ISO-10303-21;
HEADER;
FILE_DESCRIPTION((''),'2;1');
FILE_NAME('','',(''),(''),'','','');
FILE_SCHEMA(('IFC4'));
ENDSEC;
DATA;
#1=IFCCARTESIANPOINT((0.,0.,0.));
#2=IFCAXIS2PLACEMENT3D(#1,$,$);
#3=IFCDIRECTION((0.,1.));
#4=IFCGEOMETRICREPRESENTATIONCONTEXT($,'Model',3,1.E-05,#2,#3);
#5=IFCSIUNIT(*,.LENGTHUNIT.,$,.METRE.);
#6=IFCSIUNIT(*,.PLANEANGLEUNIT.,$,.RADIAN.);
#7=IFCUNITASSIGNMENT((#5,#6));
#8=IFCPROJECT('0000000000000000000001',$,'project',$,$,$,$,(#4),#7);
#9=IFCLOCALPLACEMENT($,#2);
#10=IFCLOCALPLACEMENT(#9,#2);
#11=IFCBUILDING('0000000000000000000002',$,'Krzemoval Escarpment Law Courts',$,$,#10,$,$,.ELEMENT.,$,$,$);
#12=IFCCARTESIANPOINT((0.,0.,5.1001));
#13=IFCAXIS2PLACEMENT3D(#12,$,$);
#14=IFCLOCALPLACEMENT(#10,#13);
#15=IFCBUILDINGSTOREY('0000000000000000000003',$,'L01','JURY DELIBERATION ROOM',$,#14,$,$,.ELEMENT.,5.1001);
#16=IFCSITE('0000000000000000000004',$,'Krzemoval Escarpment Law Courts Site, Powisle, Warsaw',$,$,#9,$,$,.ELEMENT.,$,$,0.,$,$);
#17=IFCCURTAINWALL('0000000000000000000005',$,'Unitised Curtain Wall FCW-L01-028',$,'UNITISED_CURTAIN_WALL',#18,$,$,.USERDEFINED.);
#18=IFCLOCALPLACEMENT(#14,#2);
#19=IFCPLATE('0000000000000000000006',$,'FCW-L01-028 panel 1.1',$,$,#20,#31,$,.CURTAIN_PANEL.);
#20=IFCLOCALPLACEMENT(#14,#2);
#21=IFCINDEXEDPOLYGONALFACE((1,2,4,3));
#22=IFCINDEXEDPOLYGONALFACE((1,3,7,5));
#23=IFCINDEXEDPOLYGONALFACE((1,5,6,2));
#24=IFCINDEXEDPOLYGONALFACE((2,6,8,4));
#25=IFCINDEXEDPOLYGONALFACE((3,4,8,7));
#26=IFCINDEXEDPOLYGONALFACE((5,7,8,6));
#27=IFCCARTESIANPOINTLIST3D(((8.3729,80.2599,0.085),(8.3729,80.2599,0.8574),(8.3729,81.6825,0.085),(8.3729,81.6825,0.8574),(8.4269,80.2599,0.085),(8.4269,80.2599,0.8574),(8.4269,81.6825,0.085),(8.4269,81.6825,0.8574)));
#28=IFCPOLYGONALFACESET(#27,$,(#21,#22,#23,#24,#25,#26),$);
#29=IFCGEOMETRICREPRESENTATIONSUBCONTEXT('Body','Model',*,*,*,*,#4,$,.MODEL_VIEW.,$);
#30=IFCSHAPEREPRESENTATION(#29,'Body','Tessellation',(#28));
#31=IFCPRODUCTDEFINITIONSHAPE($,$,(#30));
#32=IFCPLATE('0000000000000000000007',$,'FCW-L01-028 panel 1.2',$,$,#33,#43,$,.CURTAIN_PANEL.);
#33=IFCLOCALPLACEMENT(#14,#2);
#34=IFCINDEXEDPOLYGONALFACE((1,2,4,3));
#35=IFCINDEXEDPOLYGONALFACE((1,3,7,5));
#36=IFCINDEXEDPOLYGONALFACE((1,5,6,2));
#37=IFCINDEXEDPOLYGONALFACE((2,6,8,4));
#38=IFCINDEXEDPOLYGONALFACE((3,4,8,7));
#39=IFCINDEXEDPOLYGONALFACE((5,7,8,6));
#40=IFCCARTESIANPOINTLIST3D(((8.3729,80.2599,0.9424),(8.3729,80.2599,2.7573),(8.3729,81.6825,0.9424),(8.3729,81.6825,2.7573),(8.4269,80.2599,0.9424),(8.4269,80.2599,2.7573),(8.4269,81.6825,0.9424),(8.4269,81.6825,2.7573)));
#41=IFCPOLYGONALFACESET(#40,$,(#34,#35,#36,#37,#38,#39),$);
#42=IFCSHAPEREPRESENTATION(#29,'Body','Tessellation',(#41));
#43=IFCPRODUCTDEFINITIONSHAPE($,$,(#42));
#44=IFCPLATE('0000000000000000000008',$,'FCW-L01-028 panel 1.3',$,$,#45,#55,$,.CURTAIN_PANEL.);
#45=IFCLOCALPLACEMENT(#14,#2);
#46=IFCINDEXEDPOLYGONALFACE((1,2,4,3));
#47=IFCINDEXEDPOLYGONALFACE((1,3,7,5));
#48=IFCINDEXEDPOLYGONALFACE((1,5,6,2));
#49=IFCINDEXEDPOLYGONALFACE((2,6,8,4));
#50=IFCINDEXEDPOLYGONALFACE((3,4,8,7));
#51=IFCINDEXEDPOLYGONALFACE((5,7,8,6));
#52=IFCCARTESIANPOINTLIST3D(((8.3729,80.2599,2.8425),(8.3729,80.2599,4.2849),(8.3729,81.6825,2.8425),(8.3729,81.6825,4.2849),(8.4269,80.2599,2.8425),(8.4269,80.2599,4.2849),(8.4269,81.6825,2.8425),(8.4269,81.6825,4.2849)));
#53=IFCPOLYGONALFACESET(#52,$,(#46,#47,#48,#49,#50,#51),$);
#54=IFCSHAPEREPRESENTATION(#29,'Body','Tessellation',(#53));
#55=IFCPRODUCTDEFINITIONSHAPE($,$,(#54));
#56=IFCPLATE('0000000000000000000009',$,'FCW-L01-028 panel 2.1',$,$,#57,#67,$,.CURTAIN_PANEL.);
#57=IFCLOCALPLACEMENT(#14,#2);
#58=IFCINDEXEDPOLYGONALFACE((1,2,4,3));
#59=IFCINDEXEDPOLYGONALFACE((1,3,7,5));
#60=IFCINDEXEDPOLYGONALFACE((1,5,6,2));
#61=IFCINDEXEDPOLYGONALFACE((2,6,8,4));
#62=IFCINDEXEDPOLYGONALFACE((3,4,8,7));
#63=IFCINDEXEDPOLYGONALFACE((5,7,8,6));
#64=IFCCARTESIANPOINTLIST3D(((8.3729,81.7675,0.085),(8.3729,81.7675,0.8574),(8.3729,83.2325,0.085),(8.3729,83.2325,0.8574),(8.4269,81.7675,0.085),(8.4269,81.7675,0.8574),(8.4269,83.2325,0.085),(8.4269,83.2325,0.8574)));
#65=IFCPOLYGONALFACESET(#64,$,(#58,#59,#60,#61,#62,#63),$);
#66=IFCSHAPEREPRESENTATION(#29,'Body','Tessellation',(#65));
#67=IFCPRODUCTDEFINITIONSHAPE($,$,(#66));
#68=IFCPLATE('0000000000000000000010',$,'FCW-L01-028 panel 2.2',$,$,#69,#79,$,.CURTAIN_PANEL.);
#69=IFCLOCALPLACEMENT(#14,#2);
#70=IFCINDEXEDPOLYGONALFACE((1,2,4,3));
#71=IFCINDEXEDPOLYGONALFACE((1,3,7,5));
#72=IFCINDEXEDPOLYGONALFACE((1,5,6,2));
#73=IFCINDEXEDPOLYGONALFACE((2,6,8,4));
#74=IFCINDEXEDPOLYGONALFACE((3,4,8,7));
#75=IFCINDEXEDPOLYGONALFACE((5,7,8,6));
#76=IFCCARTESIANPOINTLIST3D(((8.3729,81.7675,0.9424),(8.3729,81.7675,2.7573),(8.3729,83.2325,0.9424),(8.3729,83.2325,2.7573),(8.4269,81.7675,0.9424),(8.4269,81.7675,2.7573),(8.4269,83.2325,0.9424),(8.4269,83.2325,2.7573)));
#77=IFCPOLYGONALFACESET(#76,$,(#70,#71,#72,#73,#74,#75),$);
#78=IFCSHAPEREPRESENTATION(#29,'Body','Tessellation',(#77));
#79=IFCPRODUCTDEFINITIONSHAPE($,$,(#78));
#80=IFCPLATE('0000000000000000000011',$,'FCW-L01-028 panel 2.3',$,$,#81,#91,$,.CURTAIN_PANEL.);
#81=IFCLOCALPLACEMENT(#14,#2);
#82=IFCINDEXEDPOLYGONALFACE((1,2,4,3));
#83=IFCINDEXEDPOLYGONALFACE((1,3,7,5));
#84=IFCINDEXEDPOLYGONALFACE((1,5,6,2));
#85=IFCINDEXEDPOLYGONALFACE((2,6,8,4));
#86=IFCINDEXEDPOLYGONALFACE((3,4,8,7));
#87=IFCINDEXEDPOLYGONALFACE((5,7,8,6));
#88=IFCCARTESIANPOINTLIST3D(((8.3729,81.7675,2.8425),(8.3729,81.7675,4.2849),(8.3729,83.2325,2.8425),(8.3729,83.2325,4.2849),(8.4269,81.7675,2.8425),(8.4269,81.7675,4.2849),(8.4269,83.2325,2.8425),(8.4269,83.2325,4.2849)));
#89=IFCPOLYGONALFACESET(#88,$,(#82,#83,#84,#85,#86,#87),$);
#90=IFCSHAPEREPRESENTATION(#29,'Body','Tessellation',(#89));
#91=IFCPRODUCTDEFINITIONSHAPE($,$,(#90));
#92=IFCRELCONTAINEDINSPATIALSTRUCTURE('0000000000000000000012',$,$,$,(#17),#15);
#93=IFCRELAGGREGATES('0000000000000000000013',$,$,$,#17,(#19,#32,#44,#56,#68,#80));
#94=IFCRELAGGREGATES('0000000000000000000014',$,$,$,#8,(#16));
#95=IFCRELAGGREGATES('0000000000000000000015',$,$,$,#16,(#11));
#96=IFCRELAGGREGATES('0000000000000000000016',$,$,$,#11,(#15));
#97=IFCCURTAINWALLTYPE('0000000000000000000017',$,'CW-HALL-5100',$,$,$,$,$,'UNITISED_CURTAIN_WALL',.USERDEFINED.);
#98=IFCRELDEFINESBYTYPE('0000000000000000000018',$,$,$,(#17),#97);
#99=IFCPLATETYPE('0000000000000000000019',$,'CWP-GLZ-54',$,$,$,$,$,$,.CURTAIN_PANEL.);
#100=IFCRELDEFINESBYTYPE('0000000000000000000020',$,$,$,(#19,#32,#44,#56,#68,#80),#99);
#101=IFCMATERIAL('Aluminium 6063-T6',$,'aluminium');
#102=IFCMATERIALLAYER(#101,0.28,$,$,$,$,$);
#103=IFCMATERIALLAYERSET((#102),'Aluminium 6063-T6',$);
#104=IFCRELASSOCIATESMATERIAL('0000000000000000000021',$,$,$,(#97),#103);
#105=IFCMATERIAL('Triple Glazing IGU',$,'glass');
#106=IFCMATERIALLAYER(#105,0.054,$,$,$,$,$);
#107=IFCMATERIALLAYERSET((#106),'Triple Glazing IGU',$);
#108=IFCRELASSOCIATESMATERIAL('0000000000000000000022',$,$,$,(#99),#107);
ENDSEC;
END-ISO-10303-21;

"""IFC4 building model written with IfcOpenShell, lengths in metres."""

from ifc_helpers import new_model, si_unit, direction, frame, origin, origin_2d, place, context, subcontext, project, spatial, rectangle, extrude, material, layer, layer_set, type_object, element, aggregate, save


model = new_model("IFC4")

# Units and contexts
model_context = context("Model", 3, precision=1e-05, world=origin(), true_north=direction((0.0, 1.0)))
body_context = subcontext(model_context, "Body", "Model", "MODEL_VIEW")
ifc_project = project(units=[si_unit("LENGTHUNIT", "METRE"), si_unit("PLANEANGLEUNIT", "RADIAN")], contexts=[model_context])

# Site, building, storey
site_placement = place(None, origin())
site = spatial("IfcSite", under=ifc_project, at=site_placement, Name="Krzemoval Escarpment Law Courts Site, Powisle, Warsaw", CompositionType="ELEMENT", RefElevation=0.0)
building_placement = place(site_placement, origin())
building = spatial("IfcBuilding", under=site, at=building_placement, Name="Krzemoval Escarpment Law Courts", CompositionType="ELEMENT")
storey_placement = place(building_placement, frame((0.0, 0.0, 5.1001)))
storey = spatial("IfcBuildingStorey", under=building, at=storey_placement, Name="L01", Description="JURY DELIBERATION ROOM", CompositionType="ELEMENT", Elevation=5.1001)

# Curtain wall
ifc_material_1 = material(Name="Aluminium 6063-T6", Category="aluminium")
ifc_layer_1 = layer(ifc_material_1, 0.28)
ifc_layer_set_1 = layer_set([ifc_layer_1], Name="Aluminium 6063-T6")
curtain_wall_type = type_object("IfcCurtainWallType", Name="CW-HALL-5100", ElementType="UNITISED_CURTAIN_WALL", PredefinedType="USERDEFINED", material=ifc_layer_set_1)
curtain_wall_placement = place(storey_placement, origin())
curtain_wall = element("IfcCurtainWall", 1, at=curtain_wall_placement, inside=storey, type_object=curtain_wall_type, Name="Unitised Curtain Wall FCW-L01-028", ObjectType="UNITISED_CURTAIN_WALL", PredefinedType="USERDEFINED")

# Plates
ifc_material_2 = material(Name="Triple Glazing IGU", Category="glass")
ifc_layer_2 = layer(ifc_material_2, 0.054)
ifc_layer_set_2 = layer_set([ifc_layer_2], Name="Triple Glazing IGU")
plate_type = type_object("IfcPlateType", Name="CWP-GLZ-54", PredefinedType="CURTAIN_PANEL", material=ifc_layer_set_2)
plate_1_placement = place(storey_placement, frame((8.3999, 80.9712, 0.085), z_axis=(0.0, 0.0, 1.0), x_axis=(0.0, 1.0, 0.0)))
plate_1 = element("IfcPlate", 2, at=plate_1_placement, type_object=plate_type, Name="FCW-L01-028 panel 1.1", PredefinedType="CURTAIN_PANEL", context=body_context, shape_type="SweptSolid", body=[
    extrude(rectangle(XDim=1.4226, YDim=0.054, at=origin_2d()), origin(), (0.0, 0.0, 1.0), 0.7725),
])
plate_2_placement = place(storey_placement, frame((8.3999, 80.9712, 0.9424), z_axis=(0.0, 0.0, 1.0), x_axis=(0.0, 1.0, 0.0)))
plate_2 = element("IfcPlate", 3, at=plate_2_placement, type_object=plate_type, Name="FCW-L01-028 panel 1.2", PredefinedType="CURTAIN_PANEL", context=body_context, shape_type="SweptSolid", body=[
    extrude(rectangle(XDim=1.4226, YDim=0.054, at=origin_2d()), origin(), (0.0, 0.0, 1.0), 1.8149),
])
plate_3_placement = place(storey_placement, frame((8.3999, 80.9712, 2.8425), z_axis=(0.0, 0.0, 1.0), x_axis=(0.0, 1.0, 0.0)))
plate_3 = element("IfcPlate", 4, at=plate_3_placement, type_object=plate_type, Name="FCW-L01-028 panel 1.3", PredefinedType="CURTAIN_PANEL", context=body_context, shape_type="SweptSolid", body=[
    extrude(rectangle(XDim=1.4226, YDim=0.054, at=origin_2d()), origin(), (0.0, 0.0, 1.0), 1.4424),
])
plate_4_placement = place(storey_placement, frame((8.3999, 82.5, 0.085), z_axis=(0.0, 0.0, 1.0), x_axis=(0.0, 1.0, 0.0)))
plate_4 = element("IfcPlate", 5, at=plate_4_placement, type_object=plate_type, Name="FCW-L01-028 panel 2.1", PredefinedType="CURTAIN_PANEL", context=body_context, shape_type="SweptSolid", body=[
    extrude(rectangle(XDim=1.4651, YDim=0.054, at=origin_2d()), origin(), (0.0, 0.0, 1.0), 0.7725),
])
plate_5_placement = place(storey_placement, frame((8.3999, 82.5, 0.9424), z_axis=(0.0, 0.0, 1.0), x_axis=(0.0, 1.0, 0.0)))
plate_5 = element("IfcPlate", 6, at=plate_5_placement, type_object=plate_type, Name="FCW-L01-028 panel 2.2", PredefinedType="CURTAIN_PANEL", context=body_context, shape_type="SweptSolid", body=[
    extrude(rectangle(XDim=1.4651, YDim=0.054, at=origin_2d()), origin(), (0.0, 0.0, 1.0), 1.8149),
])
plate_6_placement = place(storey_placement, frame((8.3999, 82.5, 2.8425), z_axis=(0.0, 0.0, 1.0), x_axis=(0.0, 1.0, 0.0)))
plate_6 = element("IfcPlate", 7, at=plate_6_placement, type_object=plate_type, Name="FCW-L01-028 panel 2.3", PredefinedType="CURTAIN_PANEL", context=body_context, shape_type="SweptSolid", body=[
    extrude(rectangle(XDim=1.4651, YDim=0.054, at=origin_2d()), origin(), (0.0, 0.0, 1.0), 1.4424),
])
aggregate(curtain_wall, [plate_1, plate_2, plate_3, plate_4, plate_5, plate_6])

save(model, "model.ifc")
